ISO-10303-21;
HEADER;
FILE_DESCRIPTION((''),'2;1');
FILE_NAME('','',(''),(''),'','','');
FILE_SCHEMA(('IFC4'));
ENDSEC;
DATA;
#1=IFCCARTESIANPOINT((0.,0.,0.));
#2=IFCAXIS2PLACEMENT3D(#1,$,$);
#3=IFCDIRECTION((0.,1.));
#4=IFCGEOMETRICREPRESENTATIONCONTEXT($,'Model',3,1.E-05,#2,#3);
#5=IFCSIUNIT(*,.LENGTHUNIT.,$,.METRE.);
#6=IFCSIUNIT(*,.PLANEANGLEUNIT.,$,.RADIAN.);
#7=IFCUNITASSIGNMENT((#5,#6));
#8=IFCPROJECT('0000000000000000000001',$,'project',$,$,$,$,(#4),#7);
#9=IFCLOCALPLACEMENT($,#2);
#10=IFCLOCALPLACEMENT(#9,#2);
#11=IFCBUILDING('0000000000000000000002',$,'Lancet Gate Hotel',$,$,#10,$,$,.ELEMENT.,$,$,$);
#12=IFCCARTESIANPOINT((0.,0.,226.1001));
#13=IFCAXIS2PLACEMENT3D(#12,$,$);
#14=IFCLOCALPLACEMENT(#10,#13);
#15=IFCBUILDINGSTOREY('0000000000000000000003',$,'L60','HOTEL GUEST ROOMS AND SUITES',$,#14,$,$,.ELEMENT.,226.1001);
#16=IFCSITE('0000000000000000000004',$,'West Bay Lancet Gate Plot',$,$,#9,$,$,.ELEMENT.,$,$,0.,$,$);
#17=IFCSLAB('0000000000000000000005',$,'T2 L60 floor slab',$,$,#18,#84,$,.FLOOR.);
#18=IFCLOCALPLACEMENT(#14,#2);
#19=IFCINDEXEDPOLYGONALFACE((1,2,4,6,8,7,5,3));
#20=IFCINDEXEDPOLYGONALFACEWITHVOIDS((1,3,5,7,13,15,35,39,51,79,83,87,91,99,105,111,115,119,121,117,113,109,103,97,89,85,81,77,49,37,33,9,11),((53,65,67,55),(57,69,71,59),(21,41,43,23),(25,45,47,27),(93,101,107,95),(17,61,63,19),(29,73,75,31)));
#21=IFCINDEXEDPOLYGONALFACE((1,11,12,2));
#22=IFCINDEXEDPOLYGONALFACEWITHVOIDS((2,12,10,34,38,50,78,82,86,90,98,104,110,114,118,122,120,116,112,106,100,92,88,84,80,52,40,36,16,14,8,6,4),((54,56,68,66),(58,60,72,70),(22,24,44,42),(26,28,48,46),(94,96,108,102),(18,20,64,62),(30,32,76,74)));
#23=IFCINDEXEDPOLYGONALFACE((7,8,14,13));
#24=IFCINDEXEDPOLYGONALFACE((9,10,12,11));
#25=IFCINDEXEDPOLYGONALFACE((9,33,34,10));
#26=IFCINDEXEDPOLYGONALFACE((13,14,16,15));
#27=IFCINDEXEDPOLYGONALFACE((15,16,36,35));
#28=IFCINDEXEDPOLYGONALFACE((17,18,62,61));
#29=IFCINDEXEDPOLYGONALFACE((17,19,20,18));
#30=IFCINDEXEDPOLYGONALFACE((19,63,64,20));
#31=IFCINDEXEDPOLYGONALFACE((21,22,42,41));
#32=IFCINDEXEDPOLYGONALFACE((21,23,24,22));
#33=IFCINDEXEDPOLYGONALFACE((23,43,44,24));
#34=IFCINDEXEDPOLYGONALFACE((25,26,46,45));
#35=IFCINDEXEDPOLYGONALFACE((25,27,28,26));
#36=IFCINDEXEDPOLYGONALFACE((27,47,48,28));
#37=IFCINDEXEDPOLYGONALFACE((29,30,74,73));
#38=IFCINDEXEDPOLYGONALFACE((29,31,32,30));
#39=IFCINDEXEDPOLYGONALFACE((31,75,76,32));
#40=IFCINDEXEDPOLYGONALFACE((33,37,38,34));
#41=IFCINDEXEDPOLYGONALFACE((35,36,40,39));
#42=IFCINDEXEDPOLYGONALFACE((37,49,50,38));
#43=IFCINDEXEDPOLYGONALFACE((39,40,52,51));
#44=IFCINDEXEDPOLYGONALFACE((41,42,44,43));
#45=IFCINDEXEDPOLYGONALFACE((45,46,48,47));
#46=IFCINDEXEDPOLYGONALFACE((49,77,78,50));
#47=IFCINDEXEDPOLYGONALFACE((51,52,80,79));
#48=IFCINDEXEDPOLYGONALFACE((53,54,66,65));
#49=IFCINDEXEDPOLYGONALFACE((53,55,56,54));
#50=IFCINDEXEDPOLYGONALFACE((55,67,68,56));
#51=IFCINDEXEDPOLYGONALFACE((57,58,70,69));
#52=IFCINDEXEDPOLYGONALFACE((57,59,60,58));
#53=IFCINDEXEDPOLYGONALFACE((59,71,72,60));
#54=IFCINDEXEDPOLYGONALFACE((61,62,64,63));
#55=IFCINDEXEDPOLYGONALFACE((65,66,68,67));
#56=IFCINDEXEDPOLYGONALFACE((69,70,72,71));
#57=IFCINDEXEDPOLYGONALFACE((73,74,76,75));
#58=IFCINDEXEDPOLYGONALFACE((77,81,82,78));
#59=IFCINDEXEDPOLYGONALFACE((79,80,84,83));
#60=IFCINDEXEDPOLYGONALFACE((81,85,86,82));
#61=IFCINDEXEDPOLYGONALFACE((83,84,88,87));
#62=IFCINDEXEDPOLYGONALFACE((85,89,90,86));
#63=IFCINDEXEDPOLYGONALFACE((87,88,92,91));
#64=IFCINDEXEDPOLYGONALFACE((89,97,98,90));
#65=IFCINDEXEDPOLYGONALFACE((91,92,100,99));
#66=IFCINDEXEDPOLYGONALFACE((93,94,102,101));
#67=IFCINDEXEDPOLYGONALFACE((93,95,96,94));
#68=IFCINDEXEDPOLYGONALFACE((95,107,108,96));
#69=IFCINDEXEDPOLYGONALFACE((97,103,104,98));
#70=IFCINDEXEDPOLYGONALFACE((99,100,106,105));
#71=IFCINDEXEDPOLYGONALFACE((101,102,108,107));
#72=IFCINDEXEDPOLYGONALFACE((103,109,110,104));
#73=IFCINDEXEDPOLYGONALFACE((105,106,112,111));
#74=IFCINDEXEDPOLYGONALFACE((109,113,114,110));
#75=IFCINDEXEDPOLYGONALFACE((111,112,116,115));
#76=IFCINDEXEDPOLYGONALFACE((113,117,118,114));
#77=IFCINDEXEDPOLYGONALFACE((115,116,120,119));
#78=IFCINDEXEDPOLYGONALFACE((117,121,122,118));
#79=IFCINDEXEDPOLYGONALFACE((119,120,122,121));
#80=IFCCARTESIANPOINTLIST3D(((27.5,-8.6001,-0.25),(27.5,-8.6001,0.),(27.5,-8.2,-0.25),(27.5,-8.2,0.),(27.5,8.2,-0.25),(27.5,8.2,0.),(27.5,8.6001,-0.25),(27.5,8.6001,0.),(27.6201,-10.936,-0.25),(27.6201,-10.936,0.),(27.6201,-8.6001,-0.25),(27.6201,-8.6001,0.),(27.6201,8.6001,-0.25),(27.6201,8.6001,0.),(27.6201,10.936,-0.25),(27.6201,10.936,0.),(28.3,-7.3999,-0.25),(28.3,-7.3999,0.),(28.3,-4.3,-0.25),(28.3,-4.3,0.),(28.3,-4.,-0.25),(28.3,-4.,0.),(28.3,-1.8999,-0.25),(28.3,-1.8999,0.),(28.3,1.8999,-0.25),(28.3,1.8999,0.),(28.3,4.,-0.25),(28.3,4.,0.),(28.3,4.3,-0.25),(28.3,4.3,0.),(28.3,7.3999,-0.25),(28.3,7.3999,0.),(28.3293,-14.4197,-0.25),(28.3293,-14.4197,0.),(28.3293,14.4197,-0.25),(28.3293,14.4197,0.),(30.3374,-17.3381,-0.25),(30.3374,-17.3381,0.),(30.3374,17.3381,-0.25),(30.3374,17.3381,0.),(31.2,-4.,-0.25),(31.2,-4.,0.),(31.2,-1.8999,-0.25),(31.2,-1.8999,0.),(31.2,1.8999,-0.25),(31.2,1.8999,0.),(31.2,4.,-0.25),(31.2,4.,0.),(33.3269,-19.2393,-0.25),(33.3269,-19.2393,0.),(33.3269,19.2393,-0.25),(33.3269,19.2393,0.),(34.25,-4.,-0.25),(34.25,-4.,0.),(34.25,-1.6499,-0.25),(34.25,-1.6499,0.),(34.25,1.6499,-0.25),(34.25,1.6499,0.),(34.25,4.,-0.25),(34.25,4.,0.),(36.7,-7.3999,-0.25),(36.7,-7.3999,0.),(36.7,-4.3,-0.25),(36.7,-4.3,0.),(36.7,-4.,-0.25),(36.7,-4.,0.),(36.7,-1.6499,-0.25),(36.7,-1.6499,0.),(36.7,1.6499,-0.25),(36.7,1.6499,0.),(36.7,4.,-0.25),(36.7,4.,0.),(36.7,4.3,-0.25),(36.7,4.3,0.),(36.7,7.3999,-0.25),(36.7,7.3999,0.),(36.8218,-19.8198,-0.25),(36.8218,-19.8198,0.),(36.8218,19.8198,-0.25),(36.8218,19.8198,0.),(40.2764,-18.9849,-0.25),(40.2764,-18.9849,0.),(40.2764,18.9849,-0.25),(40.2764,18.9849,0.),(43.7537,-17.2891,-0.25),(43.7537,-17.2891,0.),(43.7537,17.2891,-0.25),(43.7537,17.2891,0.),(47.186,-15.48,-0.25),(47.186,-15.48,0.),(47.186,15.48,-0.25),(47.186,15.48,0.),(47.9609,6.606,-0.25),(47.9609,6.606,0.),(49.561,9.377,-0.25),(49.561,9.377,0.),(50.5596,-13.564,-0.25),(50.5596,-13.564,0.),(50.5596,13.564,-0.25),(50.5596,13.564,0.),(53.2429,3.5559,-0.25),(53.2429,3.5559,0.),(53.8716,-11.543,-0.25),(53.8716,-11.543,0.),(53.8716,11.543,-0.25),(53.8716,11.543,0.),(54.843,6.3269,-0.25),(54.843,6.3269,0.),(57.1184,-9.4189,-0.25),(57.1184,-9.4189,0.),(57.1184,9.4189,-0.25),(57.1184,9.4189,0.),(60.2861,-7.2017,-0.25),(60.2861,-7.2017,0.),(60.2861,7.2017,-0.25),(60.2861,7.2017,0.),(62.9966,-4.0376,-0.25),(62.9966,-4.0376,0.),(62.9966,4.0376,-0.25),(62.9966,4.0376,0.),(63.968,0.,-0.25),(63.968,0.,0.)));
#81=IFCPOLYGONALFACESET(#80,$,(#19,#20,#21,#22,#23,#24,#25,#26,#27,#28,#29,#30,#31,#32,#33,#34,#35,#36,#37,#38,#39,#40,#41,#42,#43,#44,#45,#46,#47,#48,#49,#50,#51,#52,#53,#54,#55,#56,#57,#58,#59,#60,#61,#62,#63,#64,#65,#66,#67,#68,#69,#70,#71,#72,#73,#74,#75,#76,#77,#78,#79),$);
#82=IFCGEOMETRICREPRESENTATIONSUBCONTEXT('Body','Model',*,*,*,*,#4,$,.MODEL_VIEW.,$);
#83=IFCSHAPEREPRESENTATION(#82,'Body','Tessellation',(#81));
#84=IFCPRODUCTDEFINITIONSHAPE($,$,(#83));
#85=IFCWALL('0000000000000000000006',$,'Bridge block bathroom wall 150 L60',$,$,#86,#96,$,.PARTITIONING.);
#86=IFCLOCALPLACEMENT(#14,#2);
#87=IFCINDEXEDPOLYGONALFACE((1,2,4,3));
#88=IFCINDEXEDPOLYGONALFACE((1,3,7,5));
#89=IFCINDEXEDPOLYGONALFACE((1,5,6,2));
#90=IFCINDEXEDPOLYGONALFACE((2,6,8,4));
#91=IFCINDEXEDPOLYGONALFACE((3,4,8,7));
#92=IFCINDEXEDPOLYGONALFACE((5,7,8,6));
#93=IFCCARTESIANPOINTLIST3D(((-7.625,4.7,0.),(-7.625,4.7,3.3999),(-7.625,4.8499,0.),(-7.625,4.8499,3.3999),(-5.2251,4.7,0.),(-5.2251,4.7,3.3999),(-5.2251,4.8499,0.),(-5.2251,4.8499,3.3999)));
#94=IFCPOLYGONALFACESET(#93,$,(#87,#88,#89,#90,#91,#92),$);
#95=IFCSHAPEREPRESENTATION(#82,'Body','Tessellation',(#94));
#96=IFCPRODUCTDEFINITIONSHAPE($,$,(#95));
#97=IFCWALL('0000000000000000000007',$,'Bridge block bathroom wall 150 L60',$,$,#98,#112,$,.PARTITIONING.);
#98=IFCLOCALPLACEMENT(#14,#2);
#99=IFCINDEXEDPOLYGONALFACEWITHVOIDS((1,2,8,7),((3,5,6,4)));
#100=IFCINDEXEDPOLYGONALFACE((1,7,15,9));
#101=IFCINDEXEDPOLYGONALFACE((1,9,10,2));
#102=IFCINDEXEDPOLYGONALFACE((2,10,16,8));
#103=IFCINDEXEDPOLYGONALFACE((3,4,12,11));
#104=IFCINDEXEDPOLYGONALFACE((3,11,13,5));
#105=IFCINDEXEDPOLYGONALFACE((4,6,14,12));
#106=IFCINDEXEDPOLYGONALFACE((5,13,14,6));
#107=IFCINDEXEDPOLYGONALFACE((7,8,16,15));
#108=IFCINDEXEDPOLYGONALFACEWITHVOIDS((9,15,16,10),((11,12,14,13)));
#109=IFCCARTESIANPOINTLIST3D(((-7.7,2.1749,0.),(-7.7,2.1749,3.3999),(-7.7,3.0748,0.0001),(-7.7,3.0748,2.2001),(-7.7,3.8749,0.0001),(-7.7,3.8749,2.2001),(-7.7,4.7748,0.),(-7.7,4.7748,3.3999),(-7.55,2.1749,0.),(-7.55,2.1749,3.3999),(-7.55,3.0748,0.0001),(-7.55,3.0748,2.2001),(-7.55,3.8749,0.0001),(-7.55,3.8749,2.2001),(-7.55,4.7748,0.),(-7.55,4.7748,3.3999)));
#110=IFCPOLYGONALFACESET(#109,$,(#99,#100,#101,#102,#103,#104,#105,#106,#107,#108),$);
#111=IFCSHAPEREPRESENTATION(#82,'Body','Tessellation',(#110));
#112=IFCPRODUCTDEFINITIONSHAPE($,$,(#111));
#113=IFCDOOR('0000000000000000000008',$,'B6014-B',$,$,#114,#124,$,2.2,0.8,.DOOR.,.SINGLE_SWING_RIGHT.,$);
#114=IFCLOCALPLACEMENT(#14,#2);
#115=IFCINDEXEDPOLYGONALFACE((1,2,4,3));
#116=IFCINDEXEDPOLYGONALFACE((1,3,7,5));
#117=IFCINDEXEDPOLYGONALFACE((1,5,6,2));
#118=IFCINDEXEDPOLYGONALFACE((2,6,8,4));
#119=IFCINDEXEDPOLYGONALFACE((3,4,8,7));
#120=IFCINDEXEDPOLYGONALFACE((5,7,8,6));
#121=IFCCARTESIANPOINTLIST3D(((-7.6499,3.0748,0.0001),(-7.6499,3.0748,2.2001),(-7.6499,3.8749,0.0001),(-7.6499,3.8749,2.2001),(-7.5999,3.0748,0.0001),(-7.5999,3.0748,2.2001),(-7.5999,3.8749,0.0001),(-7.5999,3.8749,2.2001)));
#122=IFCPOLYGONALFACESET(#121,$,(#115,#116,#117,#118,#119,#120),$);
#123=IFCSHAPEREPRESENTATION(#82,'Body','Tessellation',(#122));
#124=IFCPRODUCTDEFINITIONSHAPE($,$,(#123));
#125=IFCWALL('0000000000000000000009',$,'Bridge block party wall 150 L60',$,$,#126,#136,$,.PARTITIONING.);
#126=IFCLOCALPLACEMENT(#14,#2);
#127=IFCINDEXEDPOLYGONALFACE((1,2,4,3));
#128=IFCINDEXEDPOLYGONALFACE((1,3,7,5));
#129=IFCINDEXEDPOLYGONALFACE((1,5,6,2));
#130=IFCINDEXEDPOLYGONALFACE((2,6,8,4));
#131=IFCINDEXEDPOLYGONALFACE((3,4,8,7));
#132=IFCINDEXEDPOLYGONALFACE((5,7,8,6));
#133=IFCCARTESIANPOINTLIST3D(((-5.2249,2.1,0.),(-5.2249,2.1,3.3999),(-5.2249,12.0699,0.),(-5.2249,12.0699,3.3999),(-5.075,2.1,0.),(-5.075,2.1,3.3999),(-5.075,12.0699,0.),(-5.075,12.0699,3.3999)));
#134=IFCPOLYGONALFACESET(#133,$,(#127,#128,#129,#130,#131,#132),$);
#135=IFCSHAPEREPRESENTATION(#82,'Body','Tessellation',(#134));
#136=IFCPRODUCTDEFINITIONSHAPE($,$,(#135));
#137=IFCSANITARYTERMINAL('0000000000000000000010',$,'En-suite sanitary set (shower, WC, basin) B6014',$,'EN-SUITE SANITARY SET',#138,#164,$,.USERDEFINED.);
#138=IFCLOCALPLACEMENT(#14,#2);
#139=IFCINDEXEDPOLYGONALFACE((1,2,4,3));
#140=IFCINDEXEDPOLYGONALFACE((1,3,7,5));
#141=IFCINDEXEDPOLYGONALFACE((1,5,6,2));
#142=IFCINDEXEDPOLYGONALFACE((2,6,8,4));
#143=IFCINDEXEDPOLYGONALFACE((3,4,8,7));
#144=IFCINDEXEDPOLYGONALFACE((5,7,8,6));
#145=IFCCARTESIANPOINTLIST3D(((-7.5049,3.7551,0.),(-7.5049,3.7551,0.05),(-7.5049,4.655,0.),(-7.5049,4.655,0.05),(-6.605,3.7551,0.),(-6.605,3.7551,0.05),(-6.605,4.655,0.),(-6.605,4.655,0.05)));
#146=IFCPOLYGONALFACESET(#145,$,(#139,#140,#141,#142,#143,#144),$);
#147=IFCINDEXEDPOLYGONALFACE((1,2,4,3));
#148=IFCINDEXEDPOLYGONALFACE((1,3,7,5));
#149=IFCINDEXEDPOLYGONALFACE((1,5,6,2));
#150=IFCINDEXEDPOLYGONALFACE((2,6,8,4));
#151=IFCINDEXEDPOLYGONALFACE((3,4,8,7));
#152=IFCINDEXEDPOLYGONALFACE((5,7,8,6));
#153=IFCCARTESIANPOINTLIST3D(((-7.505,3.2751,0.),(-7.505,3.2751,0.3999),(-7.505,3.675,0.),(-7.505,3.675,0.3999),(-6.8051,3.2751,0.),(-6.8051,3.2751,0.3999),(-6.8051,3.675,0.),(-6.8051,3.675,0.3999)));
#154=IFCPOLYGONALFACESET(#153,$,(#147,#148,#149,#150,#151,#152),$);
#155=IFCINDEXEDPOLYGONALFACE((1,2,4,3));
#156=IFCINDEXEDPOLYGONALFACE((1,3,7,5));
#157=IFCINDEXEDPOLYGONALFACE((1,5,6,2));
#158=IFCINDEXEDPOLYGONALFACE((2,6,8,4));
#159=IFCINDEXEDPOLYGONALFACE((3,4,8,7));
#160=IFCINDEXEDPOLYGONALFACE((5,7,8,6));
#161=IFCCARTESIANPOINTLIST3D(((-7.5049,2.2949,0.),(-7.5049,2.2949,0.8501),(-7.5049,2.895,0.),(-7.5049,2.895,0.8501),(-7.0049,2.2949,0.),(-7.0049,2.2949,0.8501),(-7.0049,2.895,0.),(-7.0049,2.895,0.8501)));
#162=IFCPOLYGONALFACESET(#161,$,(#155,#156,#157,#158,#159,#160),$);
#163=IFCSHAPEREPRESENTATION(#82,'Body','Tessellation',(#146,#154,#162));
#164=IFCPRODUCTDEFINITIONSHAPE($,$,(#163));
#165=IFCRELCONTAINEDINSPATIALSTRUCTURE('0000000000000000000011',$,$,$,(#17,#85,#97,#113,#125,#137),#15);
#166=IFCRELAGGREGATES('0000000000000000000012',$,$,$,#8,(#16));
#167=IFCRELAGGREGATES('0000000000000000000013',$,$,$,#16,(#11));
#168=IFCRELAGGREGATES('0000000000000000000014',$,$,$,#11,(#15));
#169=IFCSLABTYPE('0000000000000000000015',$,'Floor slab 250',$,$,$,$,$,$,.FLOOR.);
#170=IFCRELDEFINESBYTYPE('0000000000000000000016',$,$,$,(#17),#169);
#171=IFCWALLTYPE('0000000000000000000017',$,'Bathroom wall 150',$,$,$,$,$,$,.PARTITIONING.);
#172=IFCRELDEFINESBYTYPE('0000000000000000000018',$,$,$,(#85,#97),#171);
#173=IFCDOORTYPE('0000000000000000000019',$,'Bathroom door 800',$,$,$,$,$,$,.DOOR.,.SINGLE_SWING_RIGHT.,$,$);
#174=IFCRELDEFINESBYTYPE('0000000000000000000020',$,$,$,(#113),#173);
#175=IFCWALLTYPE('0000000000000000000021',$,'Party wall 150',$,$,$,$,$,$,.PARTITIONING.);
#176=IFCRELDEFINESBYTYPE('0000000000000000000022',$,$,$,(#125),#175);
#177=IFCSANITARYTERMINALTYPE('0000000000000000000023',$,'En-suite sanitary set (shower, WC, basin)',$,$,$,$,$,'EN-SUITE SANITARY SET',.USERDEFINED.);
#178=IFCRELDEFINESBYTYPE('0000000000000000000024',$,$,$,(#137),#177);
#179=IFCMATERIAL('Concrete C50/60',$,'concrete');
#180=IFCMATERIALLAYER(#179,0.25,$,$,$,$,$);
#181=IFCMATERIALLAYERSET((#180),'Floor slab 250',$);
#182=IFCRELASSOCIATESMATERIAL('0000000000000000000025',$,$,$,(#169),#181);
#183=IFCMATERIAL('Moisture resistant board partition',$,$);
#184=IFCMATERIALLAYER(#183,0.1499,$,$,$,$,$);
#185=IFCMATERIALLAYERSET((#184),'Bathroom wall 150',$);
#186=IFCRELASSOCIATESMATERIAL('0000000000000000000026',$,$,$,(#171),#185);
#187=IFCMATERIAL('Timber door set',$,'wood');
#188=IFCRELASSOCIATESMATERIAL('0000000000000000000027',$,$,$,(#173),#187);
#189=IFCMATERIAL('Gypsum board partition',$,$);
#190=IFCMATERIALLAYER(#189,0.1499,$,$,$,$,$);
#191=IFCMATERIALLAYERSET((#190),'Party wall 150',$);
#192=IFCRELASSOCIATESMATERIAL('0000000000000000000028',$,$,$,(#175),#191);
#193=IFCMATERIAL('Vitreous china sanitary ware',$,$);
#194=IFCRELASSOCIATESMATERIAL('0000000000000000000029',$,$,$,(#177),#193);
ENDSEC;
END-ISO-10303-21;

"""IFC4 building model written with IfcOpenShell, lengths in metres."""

from ifc_helpers import new_model, si_unit, direction, frame, frame_2d, origin, origin_2d, place, context, subcontext, project, spatial, polyline, rectangle, outline, extrude, material, layer, layer_set, type_object, element, fill, save


model = new_model("IFC4")

# Units and contexts
model_context = context("Model", 3, precision=1e-05, world=origin(), true_north=direction((0.0, 1.0)))
body_context = subcontext(model_context, "Body", "Model", "MODEL_VIEW")
ifc_project = project(units=[si_unit("LENGTHUNIT", "METRE"), si_unit("PLANEANGLEUNIT", "RADIAN")], contexts=[model_context])

# Site, building, storey
site_placement = place(None, origin())
site = spatial("IfcSite", under=ifc_project, at=site_placement, Name="West Bay Lancet Gate Plot", CompositionType="ELEMENT", RefElevation=0.0)
building_placement = place(site_placement, origin())
building = spatial("IfcBuilding", under=site, at=building_placement, Name="Lancet Gate Hotel", CompositionType="ELEMENT")
storey_placement = place(building_placement, frame((0.0, 0.0, 226.1001)))
storey = spatial("IfcBuildingStorey", under=building, at=storey_placement, Name="L60", Description="HOTEL GUEST ROOMS AND SUITES", CompositionType="ELEMENT", Elevation=226.1001)

# Slab
ifc_material_1 = material(Name="Concrete C50/60", Category="concrete")
ifc_layer_1 = layer(ifc_material_1, 0.25)
ifc_layer_set_1 = layer_set([ifc_layer_1], Name="Floor slab 250")
slab_type_1 = type_object("IfcSlabType", Name="Floor slab 250", PredefinedType="FLOOR", material=ifc_layer_set_1)
slab_1_placement = place(storey_placement, frame((0.0, 0.0, -0.25)))
element("IfcSlab", 1, at=slab_1_placement, inside=storey, type_object=slab_type_1, Name="T2 L60 floor slab", PredefinedType="FLOOR", context=body_context, shape_type="SweptSolid", body=[
    extrude(outline(polyline([(27.5, -8.6001), (27.6201, -8.6001), (27.6201, -10.936), (28.3293, -14.4197), (30.3374, -17.3381), (33.3269, -19.2393), (36.8218, -19.8198), (40.2764, -18.9849), (43.7537, -17.2891), (47.186, -15.48), (50.5596, -13.564), (53.8716, -11.543), (57.1184, -9.4189), (60.2861, -7.2017), (62.9966, -4.0376), (63.968, 0.0), (62.9966, 4.0376), (60.2861, 7.2017), (57.1184, 9.4189), (53.8716, 11.543), (50.5596, 13.564), (47.186, 15.48), (43.7537, 17.2891), (40.2764, 18.9849), (36.8218, 19.8198), (33.3269, 19.2393), (30.3374, 17.3381), (28.3293, 14.4197), (27.6201, 10.936), (27.6201, 8.6001), (27.5, 8.6001), (27.5, 8.2), (27.5, -8.2), (27.5, -8.6001)]), holes=[polyline([(36.7, -7.3999), (36.7, -4.3), (28.3, -4.3), (28.3, -7.3999), (36.7, -7.3999)]), polyline([(28.3, -4.0), (31.2, -4.0), (31.2, -1.8999), (28.3, -1.8999), (28.3, -4.0)]), polyline([(34.25, -4.0), (36.7, -4.0), (36.7, -1.6499), (34.25, -1.6499), (34.25, -4.0)]), polyline([(36.7, 1.6499), (36.7, 4.0), (34.25, 4.0), (34.25, 1.6499), (36.7, 1.6499)]), polyline([(28.3, 1.8999), (31.2, 1.8999), (31.2, 4.0), (28.3, 4.0), (28.3, 1.8999)]), polyline([(28.3, 4.3), (36.7, 4.3), (36.7, 7.3999), (28.3, 7.3999), (28.3, 4.3)]), polyline([(53.2429, 3.5559), (54.843, 6.3269), (49.561, 9.377), (47.9609, 6.606), (53.2429, 3.5559)])]), origin(), (0.0, 0.0, 1.0), 0.25),
])

# Wall
ifc_material_2 = material(Name="Moisture resistant board partition")
ifc_layer_2 = layer(ifc_material_2, 0.1499)
ifc_layer_set_2 = layer_set([ifc_layer_2], Name="Bathroom wall 150")
wall_type_1 = type_object("IfcWallType", Name="Bathroom wall 150", PredefinedType="PARTITIONING", material=ifc_layer_set_2)
wall_1_placement = place(storey_placement, frame((-7.625, 4.7749, 0.0), z_axis=(0.0, 0.0, 1.0), x_axis=(1.0, 0.0, 0.0)))
element("IfcWall", 2, at=wall_1_placement, inside=storey, type_object=wall_type_1, Name="Bridge block bathroom wall 150 L60", PredefinedType="PARTITIONING", context=body_context, shape_type="SweptSolid", body=[
    extrude(rectangle(XDim=2.3999, YDim=0.1499, at=frame_2d((1.2, 0.0))), origin(), (0.0, 0.0, 1.0), 3.3999),
])

# Wall, opening, door
wall_2_placement = place(storey_placement, frame((-7.625, 2.175, 0.0), z_axis=(0.0, 0.0, 1.0), x_axis=(0.0, 1.0, 0.0)))
wall_2 = element("IfcWall", 3, at=wall_2_placement, inside=storey, type_object=wall_type_1, Name="Bridge block bathroom wall 150 L60", PredefinedType="PARTITIONING", context=body_context, shape_type="SweptSolid", body=[
    extrude(rectangle(XDim=2.5999, YDim=0.1499, at=frame_2d((1.2998, 0.0))), origin(), (0.0, 0.0, 1.0), 3.3999),
])
opening_placement = place(wall_2_placement, frame((0.8999, 0.0, 0.0)))
opening = element("IfcOpeningElement", 4, at=opening_placement, cuts=wall_2, PredefinedType="OPENING", context=body_context, shape_type="SweptSolid", body=[
    extrude(rectangle(XDim=0.8, YDim=2.2, at=frame_2d((0.3999, 1.1001))), frame((0.0, 0.085, 0.0), z_axis=(0.0, -1.0, 0.0), x_axis=(1.0, 0.0, 0.0)), (0.0, 0.0, 1.0), 0.1699),
])
ifc_material_3 = material(Name="Timber door set", Category="wood")
door_type = type_object("IfcDoorType", Name="Bathroom door 800", OperationType="SINGLE_SWING_RIGHT", PredefinedType="DOOR", material=ifc_material_3)
door_placement = place(opening_placement, origin())
door = element("IfcDoor", 5, at=door_placement, inside=storey, type_object=door_type, Name="B6014-B", OperationType="SINGLE_SWING_RIGHT", OverallHeight=2.2, OverallWidth=0.8, PredefinedType="DOOR", context=body_context, shape_type="SweptSolid", body=[
    extrude(rectangle(XDim=0.8, YDim=2.2, at=frame_2d((0.3999, 1.1001))), frame((0.0, 0.0249, 0.0), z_axis=(0.0, -1.0, 0.0), x_axis=(1.0, 0.0, 0.0)), (0.0, 0.0, 1.0), 0.05),
])
fill(opening, door)

# Wall
ifc_material_4 = material(Name="Gypsum board partition")
ifc_layer_3 = layer(ifc_material_4, 0.1499)
ifc_layer_set_3 = layer_set([ifc_layer_3], Name="Party wall 150")
wall_type_2 = type_object("IfcWallType", Name="Party wall 150", PredefinedType="PARTITIONING", material=ifc_layer_set_3)
wall_3_placement = place(storey_placement, frame((-5.1499, 2.1001, 0.0), z_axis=(0.0, 0.0, 1.0), x_axis=(0.0, 1.0, 0.0)))
element("IfcWall", 6, at=wall_3_placement, inside=storey, type_object=wall_type_2, Name="Bridge block party wall 150 L60", PredefinedType="PARTITIONING", context=body_context, shape_type="SweptSolid", body=[
    extrude(rectangle(XDim=9.97, YDim=0.1499, at=frame_2d((4.9849, 0.0))), origin(), (0.0, 0.0, 1.0), 3.3999),
])

# Sanitary terminal
ifc_material_5 = material(Name="Vitreous china sanitary ware")
sanitary_terminal_type = type_object("IfcSanitaryTerminalType", Name="En-suite sanitary set (shower, WC, basin)", ElementType="EN-SUITE SANITARY SET", PredefinedType="USERDEFINED", material=ifc_material_5)
sanitary_terminal_placement = place(storey_placement, frame((-7.0549, 4.2051, 0.0), z_axis=(0.0, 0.0, 1.0), x_axis=(1.0, 0.0, 0.0)))
element("IfcSanitaryTerminal", 7, at=sanitary_terminal_placement, inside=storey, type_object=sanitary_terminal_type, Name="En-suite sanitary set (shower, WC, basin) B6014", ObjectType="EN-SUITE SANITARY SET", PredefinedType="USERDEFINED", context=body_context, shape_type="SweptSolid", body=[
    extrude(rectangle(XDim=0.8999, YDim=0.8999, at=origin_2d()), frame((0.0, 0.0, 0.0), z_axis=(0.0, 0.0, 1.0), x_axis=(0.0, 1.0, 0.0)), (0.0, 0.0, 1.0), 0.05),
    extrude(rectangle(XDim=0.3999, YDim=0.7, at=origin_2d()), frame((-0.1001, -0.73, 0.0), z_axis=(0.0, 0.0, 1.0), x_axis=(0.0, 1.0, 0.0)), (0.0, 0.0, 1.0), 0.3999),
    extrude(rectangle(XDim=0.6001, YDim=0.5, at=origin_2d()), frame((-0.2, -1.6101, 0.0), z_axis=(0.0, 0.0, 1.0), x_axis=(0.0, 1.0, 0.0)), (0.0, 0.0, 1.0), 0.8501),
])

save(model, "model.ifc")
